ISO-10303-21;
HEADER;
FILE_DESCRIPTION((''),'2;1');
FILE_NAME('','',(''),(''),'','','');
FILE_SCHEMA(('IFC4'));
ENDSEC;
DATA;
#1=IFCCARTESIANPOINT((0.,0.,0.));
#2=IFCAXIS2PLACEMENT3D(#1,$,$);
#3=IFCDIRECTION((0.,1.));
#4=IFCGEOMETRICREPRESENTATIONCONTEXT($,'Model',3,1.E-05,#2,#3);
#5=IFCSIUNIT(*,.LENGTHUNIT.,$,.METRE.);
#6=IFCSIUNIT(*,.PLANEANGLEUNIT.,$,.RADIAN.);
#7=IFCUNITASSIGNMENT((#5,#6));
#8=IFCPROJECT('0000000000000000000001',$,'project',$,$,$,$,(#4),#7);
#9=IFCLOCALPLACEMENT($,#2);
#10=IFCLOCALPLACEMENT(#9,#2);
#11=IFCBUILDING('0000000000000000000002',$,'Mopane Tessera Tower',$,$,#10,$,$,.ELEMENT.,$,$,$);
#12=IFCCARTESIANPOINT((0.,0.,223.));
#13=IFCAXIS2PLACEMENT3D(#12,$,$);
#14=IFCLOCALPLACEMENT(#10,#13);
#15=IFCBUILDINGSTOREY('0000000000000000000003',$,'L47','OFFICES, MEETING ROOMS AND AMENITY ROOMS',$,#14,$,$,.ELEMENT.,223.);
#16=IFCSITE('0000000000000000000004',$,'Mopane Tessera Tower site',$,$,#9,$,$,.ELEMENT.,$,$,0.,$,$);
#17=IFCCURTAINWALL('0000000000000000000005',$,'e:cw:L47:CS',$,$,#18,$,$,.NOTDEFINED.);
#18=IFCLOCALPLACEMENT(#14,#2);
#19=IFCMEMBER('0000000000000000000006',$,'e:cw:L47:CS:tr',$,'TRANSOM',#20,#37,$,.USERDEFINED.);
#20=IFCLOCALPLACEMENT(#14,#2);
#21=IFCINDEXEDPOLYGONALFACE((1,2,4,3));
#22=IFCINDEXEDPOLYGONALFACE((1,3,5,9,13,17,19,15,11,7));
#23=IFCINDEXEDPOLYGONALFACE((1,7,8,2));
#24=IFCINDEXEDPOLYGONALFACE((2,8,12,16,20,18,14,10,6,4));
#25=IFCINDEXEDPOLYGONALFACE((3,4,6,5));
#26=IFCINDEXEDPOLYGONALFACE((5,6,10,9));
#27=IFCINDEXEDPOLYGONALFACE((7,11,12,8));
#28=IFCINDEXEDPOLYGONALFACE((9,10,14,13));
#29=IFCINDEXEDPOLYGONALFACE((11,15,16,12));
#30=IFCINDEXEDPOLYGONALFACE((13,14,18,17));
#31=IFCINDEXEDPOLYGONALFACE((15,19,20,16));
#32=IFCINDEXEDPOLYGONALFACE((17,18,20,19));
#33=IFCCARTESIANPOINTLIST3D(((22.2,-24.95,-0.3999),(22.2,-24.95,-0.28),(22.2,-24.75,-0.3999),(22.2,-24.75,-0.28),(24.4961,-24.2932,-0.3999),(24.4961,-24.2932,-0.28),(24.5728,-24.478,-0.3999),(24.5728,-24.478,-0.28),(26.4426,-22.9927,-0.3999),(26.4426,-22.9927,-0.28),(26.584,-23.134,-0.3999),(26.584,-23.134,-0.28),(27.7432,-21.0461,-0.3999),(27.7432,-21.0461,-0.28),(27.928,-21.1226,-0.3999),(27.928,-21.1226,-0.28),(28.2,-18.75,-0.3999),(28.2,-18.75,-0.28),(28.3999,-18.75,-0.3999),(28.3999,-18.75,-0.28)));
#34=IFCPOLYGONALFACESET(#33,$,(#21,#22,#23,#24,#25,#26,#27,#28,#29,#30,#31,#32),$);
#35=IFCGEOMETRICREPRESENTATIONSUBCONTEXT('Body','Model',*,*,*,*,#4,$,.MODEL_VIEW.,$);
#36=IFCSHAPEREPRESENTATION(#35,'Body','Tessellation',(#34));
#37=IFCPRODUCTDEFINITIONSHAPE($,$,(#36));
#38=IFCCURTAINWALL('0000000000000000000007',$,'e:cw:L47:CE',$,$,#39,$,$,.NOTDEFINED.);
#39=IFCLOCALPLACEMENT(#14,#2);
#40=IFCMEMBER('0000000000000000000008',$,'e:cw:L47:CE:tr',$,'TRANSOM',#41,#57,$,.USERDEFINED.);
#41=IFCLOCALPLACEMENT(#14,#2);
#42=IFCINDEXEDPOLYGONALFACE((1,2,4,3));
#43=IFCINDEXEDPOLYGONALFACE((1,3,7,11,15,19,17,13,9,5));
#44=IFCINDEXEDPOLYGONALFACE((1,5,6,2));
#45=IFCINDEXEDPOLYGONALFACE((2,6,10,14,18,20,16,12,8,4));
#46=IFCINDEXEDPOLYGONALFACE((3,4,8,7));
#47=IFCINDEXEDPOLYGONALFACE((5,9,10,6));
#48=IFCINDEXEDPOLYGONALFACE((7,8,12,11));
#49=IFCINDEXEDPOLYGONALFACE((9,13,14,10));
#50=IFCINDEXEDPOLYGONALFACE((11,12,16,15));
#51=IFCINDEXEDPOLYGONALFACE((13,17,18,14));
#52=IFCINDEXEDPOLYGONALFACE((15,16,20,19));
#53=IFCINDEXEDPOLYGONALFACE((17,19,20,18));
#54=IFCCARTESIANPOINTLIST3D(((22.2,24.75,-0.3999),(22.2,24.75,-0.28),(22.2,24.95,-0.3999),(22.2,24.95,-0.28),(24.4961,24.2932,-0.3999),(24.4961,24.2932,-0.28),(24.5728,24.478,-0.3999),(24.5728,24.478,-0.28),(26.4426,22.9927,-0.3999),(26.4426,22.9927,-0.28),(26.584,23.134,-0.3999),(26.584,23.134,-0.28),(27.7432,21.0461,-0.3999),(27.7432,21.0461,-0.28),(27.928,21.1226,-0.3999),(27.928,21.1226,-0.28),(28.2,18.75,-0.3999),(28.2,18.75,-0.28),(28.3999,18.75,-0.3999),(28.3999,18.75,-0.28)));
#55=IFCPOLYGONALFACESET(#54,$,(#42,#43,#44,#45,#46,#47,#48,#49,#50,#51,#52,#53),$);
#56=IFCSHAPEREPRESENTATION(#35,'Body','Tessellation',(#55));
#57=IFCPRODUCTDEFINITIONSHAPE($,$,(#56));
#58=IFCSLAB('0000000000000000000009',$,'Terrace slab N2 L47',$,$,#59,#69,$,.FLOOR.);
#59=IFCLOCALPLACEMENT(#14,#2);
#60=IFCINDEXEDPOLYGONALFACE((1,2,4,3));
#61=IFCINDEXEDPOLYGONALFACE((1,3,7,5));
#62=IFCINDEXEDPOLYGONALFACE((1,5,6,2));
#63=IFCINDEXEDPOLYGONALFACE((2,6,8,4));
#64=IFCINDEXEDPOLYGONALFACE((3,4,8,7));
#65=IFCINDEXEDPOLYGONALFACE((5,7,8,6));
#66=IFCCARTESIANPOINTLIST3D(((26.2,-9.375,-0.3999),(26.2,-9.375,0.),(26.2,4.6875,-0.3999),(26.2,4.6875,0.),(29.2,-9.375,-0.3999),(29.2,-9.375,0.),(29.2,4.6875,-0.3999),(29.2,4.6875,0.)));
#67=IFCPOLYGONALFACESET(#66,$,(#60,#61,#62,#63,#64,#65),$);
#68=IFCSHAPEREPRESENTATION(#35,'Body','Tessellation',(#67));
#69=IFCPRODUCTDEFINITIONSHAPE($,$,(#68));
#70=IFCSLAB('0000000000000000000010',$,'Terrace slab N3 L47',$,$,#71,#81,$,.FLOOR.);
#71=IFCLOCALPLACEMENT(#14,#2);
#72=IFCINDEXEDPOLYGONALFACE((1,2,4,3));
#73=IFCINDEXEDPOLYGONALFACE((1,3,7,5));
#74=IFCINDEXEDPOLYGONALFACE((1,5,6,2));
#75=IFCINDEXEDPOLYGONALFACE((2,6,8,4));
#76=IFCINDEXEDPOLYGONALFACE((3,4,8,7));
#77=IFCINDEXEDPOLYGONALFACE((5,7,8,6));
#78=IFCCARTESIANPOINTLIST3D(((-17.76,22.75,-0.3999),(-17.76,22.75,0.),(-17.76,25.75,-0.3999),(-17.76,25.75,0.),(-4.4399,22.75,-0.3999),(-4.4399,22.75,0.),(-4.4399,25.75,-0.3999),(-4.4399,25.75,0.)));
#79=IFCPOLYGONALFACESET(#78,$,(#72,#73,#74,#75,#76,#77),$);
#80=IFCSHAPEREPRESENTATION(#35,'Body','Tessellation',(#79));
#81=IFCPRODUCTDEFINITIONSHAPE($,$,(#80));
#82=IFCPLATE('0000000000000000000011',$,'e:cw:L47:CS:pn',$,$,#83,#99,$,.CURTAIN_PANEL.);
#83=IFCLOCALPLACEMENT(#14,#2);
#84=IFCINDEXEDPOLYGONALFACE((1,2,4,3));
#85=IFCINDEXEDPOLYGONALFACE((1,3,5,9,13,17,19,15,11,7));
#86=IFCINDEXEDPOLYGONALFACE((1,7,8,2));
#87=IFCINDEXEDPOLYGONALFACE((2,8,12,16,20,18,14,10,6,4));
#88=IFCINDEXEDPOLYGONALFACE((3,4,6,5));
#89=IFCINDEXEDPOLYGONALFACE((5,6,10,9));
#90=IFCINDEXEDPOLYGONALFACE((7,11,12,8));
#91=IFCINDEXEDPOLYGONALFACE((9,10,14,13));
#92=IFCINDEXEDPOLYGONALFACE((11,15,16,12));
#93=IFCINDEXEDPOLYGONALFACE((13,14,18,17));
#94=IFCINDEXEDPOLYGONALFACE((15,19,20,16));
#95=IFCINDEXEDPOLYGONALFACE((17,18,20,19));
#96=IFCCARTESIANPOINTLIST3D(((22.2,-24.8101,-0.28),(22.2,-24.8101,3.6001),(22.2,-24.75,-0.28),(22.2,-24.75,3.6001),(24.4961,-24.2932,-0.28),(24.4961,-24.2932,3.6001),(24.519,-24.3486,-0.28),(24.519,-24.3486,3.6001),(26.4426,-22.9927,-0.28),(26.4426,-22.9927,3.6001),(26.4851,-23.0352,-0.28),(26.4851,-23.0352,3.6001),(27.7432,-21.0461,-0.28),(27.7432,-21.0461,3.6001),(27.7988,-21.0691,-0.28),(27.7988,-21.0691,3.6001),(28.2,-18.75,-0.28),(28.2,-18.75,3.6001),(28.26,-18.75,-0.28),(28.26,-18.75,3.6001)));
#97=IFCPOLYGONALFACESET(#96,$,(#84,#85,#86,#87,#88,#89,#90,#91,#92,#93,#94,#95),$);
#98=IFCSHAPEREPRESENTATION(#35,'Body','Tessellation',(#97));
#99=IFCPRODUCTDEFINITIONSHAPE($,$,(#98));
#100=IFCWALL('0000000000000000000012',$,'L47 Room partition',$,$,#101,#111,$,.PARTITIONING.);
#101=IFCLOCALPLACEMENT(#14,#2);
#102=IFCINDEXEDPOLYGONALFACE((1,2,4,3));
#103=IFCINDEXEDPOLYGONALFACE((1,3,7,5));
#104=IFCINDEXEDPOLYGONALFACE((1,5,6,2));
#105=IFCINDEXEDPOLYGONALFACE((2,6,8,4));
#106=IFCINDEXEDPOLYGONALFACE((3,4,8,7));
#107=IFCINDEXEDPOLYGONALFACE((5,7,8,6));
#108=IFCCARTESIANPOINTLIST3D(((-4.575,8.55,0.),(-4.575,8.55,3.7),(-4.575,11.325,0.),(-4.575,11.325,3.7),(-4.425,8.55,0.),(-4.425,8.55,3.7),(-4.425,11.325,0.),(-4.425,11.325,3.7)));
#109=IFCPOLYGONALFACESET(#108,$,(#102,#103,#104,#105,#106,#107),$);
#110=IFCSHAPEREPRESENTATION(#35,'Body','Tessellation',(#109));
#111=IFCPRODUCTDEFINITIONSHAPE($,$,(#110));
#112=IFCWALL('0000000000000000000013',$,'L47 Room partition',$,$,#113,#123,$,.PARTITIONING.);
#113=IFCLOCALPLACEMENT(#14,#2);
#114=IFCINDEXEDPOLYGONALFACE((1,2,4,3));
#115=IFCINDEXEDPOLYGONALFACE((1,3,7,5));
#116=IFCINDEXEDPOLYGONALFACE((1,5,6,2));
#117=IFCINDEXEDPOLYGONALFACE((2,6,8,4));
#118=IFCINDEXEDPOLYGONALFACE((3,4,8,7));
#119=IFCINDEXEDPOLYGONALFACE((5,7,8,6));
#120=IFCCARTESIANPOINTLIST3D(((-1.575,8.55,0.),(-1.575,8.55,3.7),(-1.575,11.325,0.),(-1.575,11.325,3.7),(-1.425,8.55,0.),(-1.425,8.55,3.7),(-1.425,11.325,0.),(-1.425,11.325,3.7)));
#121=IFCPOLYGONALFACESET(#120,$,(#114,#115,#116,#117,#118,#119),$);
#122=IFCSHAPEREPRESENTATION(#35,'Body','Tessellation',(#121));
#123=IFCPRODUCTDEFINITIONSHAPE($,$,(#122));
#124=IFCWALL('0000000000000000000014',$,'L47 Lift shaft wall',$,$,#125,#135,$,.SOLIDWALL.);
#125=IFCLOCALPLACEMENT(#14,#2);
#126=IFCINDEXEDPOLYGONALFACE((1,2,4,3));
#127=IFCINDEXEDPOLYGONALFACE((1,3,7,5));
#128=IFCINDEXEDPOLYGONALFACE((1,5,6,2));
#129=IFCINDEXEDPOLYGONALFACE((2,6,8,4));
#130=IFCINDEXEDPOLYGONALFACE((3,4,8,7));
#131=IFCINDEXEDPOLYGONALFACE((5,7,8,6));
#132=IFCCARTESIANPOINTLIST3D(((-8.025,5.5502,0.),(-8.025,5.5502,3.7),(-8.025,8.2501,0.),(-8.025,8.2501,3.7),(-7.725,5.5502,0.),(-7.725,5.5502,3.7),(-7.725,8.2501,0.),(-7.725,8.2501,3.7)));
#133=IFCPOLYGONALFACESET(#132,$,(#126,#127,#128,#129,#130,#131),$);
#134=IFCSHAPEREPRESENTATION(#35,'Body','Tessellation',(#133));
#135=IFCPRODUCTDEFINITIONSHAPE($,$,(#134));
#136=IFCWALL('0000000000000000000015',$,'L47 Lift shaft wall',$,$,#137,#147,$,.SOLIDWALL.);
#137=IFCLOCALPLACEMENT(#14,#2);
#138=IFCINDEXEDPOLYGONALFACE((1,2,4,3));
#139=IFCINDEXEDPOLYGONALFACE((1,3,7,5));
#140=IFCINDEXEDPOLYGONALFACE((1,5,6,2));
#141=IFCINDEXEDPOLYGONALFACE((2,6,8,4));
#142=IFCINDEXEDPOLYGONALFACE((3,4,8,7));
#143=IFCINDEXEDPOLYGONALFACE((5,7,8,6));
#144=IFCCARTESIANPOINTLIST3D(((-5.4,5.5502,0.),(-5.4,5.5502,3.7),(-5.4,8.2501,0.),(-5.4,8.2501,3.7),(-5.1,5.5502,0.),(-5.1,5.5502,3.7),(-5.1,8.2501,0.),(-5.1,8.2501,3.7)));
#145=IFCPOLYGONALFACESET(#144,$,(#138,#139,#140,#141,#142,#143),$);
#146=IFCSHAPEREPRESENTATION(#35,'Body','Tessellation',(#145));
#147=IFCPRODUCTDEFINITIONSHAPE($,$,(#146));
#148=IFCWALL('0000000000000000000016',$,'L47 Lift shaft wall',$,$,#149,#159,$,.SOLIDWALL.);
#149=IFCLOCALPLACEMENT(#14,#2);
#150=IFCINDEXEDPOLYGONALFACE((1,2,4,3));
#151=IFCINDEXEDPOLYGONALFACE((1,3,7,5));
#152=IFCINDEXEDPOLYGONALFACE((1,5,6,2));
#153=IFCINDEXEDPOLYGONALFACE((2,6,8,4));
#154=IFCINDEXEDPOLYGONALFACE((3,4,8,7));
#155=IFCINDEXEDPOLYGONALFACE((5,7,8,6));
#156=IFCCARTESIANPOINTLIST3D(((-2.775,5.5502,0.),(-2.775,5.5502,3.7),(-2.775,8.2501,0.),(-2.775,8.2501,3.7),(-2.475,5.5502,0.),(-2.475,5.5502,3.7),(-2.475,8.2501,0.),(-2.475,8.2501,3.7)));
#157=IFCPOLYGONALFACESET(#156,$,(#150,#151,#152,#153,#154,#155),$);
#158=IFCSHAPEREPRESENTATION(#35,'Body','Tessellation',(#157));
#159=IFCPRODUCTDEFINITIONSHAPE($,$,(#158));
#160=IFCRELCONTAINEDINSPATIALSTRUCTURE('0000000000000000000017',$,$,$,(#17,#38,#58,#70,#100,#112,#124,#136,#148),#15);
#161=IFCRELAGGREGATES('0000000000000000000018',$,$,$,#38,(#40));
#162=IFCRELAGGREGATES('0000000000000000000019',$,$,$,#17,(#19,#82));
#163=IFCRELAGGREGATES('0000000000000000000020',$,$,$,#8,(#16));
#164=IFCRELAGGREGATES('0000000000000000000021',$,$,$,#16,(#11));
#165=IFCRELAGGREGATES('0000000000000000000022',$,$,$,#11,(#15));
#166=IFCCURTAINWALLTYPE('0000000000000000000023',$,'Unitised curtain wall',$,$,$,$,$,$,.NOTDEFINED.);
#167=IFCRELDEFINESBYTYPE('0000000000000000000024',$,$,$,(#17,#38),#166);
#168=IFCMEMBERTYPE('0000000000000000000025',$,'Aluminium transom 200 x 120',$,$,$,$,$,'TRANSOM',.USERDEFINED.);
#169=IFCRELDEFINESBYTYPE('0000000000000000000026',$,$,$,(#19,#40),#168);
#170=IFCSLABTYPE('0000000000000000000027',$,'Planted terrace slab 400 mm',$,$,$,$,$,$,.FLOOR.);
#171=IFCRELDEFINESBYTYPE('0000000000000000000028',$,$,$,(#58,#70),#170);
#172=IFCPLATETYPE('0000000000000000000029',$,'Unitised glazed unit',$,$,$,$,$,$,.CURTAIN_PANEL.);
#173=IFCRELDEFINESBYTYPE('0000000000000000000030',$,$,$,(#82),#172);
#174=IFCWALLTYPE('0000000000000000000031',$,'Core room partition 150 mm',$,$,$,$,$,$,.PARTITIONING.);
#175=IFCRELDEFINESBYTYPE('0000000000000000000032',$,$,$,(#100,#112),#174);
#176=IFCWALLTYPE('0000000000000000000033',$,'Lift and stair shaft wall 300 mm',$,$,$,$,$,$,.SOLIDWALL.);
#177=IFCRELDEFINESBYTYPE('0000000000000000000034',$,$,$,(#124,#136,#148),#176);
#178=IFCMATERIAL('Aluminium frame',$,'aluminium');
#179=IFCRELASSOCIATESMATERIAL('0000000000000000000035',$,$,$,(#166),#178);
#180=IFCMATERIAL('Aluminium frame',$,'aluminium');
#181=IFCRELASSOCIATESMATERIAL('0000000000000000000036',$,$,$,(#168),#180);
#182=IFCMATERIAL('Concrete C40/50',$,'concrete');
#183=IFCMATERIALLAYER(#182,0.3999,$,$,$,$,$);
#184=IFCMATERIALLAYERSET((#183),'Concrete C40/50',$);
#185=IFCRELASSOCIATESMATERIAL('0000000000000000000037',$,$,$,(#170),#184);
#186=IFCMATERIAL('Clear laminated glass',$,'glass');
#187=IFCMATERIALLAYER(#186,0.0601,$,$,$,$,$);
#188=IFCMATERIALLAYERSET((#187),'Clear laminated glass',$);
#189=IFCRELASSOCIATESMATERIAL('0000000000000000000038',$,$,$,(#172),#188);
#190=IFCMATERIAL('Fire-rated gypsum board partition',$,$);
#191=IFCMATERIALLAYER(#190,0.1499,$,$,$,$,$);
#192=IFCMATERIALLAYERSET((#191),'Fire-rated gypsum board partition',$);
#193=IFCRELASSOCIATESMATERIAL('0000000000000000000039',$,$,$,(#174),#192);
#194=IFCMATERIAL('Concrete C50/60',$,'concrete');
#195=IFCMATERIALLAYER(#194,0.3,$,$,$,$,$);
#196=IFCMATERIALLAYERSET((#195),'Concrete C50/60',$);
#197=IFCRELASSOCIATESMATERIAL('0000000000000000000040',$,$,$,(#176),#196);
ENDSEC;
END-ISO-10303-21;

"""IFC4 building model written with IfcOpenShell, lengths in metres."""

from ifc_helpers import new_model, si_unit, direction, frame, frame_2d, origin, origin_2d, place, context, subcontext, project, spatial, polyline, rectangle, outline, extrude, material, layer, layer_set, material_profile, profile_set, type_object, element, aggregate, save


model = new_model("IFC4")

# Units and contexts
model_context = context("Model", 3, precision=1e-05, world=origin(), true_north=direction((0.0, 1.0)))
body_context = subcontext(model_context, "Body", "Model", "MODEL_VIEW")
ifc_project = project(units=[si_unit("LENGTHUNIT", "METRE"), si_unit("PLANEANGLEUNIT", "RADIAN")], contexts=[model_context])

# Site, building, storey
site_placement = place(None, origin())
site = spatial("IfcSite", under=ifc_project, at=site_placement, Name="Mopane Tessera Tower site", CompositionType="ELEMENT", RefElevation=0.0)
building_placement = place(site_placement, origin())
building = spatial("IfcBuilding", under=site, at=building_placement, Name="Mopane Tessera Tower", CompositionType="ELEMENT")
storey_placement = place(building_placement, frame((0.0, 0.0, 223.0)))
storey = spatial("IfcBuildingStorey", under=building, at=storey_placement, Name="L47", Description="OFFICES, MEETING ROOMS AND AMENITY ROOMS", CompositionType="ELEMENT", Elevation=223.0)

# Curtain walls, members
ifc_material_1 = material(Name="Aluminium frame", Category="aluminium")
curtain_wall_type = type_object("IfcCurtainWallType", Name="Unitised curtain wall", PredefinedType="NOTDEFINED", material=ifc_material_1)
curtain_wall_1_placement = place(storey_placement, origin())
curtain_wall_1 = element("IfcCurtainWall", 1, at=curtain_wall_1_placement, inside=storey, type_object=curtain_wall_type, Name="e:cw:L47:CS", PredefinedType="NOTDEFINED")
ifc_material_2 = material(Name="Aluminium frame", Category="aluminium")
ifc_material_profile = material_profile(ifc_material_2, rectangle(XDim=0.2, YDim=0.1201, at=origin_2d()))
ifc_profile_set = profile_set([ifc_material_profile], Name="Aluminium frame")
member_type = type_object("IfcMemberType", Name="Aluminium transom 200 x 120", ElementType="TRANSOM", PredefinedType="USERDEFINED", material=ifc_profile_set)
member_1_placement = place(storey_placement, frame((0.0, 0.0, -0.3999)))
member_1 = element("IfcMember", 2, at=member_1_placement, type_object=member_type, Name="e:cw:L47:CS:tr", ObjectType="TRANSOM", PredefinedType="USERDEFINED", context=body_context, shape_type="SweptSolid", body=[
    extrude(outline(polyline([(22.2, -24.75), (24.4961, -24.2932), (26.4426, -22.9927), (27.7432, -21.0461), (28.2, -18.75), (28.3999, -18.75), (27.928, -21.1226), (26.584, -23.134), (24.5728, -24.478), (22.2, -24.95), (22.2, -24.75)])), origin(), (0.0, 0.0, 1.0), 0.1199),
])
curtain_wall_2_placement = place(storey_placement, origin())
curtain_wall_2 = element("IfcCurtainWall", 3, at=curtain_wall_2_placement, inside=storey, type_object=curtain_wall_type, Name="e:cw:L47:CE", PredefinedType="NOTDEFINED")
member_2_placement = place(storey_placement, frame((0.0, 0.0, -0.3999)))
member_2 = element("IfcMember", 4, at=member_2_placement, type_object=member_type, Name="e:cw:L47:CE:tr", ObjectType="TRANSOM", PredefinedType="USERDEFINED", context=body_context, shape_type="SweptSolid", body=[
    extrude(outline(polyline([(28.2, 18.75), (27.7432, 21.0461), (26.4426, 22.9927), (24.4961, 24.2932), (22.2, 24.75), (22.2, 24.95), (24.5728, 24.478), (26.584, 23.134), (27.928, 21.1226), (28.3999, 18.75), (28.2, 18.75)])), origin(), (0.0, 0.0, 1.0), 0.1199),
])
aggregate(curtain_wall_2, [member_2])

# Slabs
ifc_material_3 = material(Name="Concrete C40/50", Category="concrete")
ifc_layer_1 = layer(ifc_material_3, 0.3999)
ifc_layer_set_1 = layer_set([ifc_layer_1], Name="Concrete C40/50")
slab_type = type_object("IfcSlabType", Name="Planted terrace slab 400 mm", PredefinedType="FLOOR", material=ifc_layer_set_1)
slab_1_placement = place(storey_placement, frame((0.0, 0.0, -0.3999)))
element("IfcSlab", 5, at=slab_1_placement, inside=storey, type_object=slab_type, Name="Terrace slab N2 L47", PredefinedType="FLOOR", context=body_context, shape_type="SweptSolid", body=[
    extrude(outline(polyline([(29.2, 4.6875), (26.2, 4.6875), (26.2, -9.375), (29.2, -9.375), (29.2, 4.6875)])), origin(), (0.0, 0.0, 1.0), 0.3999),
])
slab_2_placement = place(storey_placement, frame((0.0, 0.0, -0.3999)))
element("IfcSlab", 6, at=slab_2_placement, inside=storey, type_object=slab_type, Name="Terrace slab N3 L47", PredefinedType="FLOOR", context=body_context, shape_type="SweptSolid", body=[
    extrude(outline(polyline([(-17.76, 25.75), (-17.76, 22.75), (-4.4399, 22.75), (-4.4399, 25.75), (-17.76, 25.75)])), origin(), (0.0, 0.0, 1.0), 0.3999),
])

# Plate
ifc_material_4 = material(Name="Clear laminated glass", Category="glass")
ifc_layer_2 = layer(ifc_material_4, 0.0601)
ifc_layer_set_2 = layer_set([ifc_layer_2], Name="Clear laminated glass")
plate_type = type_object("IfcPlateType", Name="Unitised glazed unit", PredefinedType="CURTAIN_PANEL", material=ifc_layer_set_2)
plate_placement = place(storey_placement, frame((0.0, 0.0, -0.28)))
plate = element("IfcPlate", 7, at=plate_placement, type_object=plate_type, Name="e:cw:L47:CS:pn", PredefinedType="CURTAIN_PANEL", context=body_context, shape_type="SweptSolid", body=[
    extrude(outline(polyline([(22.2, -24.75), (24.4961, -24.2932), (26.4426, -22.9927), (27.7432, -21.0461), (28.2, -18.75), (28.26, -18.75), (27.7988, -21.0691), (26.4851, -23.0352), (24.519, -24.3486), (22.2, -24.8101), (22.2, -24.75)])), origin(), (0.0, 0.0, 1.0), 3.8801),
])
aggregate(curtain_wall_1, [member_1, plate])

# Walls
ifc_material_5 = material(Name="Fire-rated gypsum board partition")
ifc_layer_3 = layer(ifc_material_5, 0.1499)
ifc_layer_set_3 = layer_set([ifc_layer_3], Name="Fire-rated gypsum board partition")
wall_type_1 = type_object("IfcWallType", Name="Core room partition 150 mm", PredefinedType="PARTITIONING", material=ifc_layer_set_3)
for number, where, z_axis, x_axis, name in (
    (8, (-4.5, 8.55, 0.0), (0.0, 0.0, 1.0), (0.0, 1.0, 0.0), "L47 Room partition"),
    (9, (-1.5, 8.55, 0.0), (0.0, 0.0, 1.0), (0.0, 1.0, 0.0), "L47 Room partition"),
):
    element("IfcWall", number, at=place(storey_placement, frame(where, z_axis=z_axis, x_axis=x_axis)), inside=storey, type_object=wall_type_1, Name=name, PredefinedType="PARTITIONING", context=body_context, shape_type="SweptSolid", body=[
        extrude(rectangle(XDim=2.7749, YDim=0.1499, at=frame_2d((1.3875, 0.0))), origin(), (0.0, 0.0, 1.0), 3.7),
    ])
ifc_material_6 = material(Name="Concrete C50/60", Category="concrete")
ifc_layer_4 = layer(ifc_material_6, 0.3)
ifc_layer_set_4 = layer_set([ifc_layer_4], Name="Concrete C50/60")
wall_type_2 = type_object("IfcWallType", Name="Lift and stair shaft wall 300 mm", PredefinedType="SOLIDWALL", material=ifc_layer_set_4)
for number, where, z_axis, x_axis, name in (
    (10, (-7.875, 5.55, 0.0), (0.0, 0.0, 1.0), (0.0, 1.0, 0.0), "L47 Lift shaft wall"),
    (11, (-5.25, 5.55, 0.0), (0.0, 0.0, 1.0), (0.0, 1.0, 0.0), "L47 Lift shaft wall"),
    (12, (-2.625, 5.55, 0.0), (0.0, 0.0, 1.0), (0.0, 1.0, 0.0), "L47 Lift shaft wall"),
):
    element("IfcWall", number, at=place(storey_placement, frame(where, z_axis=z_axis, x_axis=x_axis)), inside=storey, type_object=wall_type_2, Name=name, PredefinedType="SOLIDWALL", context=body_context, shape_type="SweptSolid", body=[
        extrude(rectangle(XDim=2.7, YDim=0.3, at=frame_2d((1.3501, 0.0))), origin(), (0.0, 0.0, 1.0), 3.7),
    ])

save(model, "model.ifc")
